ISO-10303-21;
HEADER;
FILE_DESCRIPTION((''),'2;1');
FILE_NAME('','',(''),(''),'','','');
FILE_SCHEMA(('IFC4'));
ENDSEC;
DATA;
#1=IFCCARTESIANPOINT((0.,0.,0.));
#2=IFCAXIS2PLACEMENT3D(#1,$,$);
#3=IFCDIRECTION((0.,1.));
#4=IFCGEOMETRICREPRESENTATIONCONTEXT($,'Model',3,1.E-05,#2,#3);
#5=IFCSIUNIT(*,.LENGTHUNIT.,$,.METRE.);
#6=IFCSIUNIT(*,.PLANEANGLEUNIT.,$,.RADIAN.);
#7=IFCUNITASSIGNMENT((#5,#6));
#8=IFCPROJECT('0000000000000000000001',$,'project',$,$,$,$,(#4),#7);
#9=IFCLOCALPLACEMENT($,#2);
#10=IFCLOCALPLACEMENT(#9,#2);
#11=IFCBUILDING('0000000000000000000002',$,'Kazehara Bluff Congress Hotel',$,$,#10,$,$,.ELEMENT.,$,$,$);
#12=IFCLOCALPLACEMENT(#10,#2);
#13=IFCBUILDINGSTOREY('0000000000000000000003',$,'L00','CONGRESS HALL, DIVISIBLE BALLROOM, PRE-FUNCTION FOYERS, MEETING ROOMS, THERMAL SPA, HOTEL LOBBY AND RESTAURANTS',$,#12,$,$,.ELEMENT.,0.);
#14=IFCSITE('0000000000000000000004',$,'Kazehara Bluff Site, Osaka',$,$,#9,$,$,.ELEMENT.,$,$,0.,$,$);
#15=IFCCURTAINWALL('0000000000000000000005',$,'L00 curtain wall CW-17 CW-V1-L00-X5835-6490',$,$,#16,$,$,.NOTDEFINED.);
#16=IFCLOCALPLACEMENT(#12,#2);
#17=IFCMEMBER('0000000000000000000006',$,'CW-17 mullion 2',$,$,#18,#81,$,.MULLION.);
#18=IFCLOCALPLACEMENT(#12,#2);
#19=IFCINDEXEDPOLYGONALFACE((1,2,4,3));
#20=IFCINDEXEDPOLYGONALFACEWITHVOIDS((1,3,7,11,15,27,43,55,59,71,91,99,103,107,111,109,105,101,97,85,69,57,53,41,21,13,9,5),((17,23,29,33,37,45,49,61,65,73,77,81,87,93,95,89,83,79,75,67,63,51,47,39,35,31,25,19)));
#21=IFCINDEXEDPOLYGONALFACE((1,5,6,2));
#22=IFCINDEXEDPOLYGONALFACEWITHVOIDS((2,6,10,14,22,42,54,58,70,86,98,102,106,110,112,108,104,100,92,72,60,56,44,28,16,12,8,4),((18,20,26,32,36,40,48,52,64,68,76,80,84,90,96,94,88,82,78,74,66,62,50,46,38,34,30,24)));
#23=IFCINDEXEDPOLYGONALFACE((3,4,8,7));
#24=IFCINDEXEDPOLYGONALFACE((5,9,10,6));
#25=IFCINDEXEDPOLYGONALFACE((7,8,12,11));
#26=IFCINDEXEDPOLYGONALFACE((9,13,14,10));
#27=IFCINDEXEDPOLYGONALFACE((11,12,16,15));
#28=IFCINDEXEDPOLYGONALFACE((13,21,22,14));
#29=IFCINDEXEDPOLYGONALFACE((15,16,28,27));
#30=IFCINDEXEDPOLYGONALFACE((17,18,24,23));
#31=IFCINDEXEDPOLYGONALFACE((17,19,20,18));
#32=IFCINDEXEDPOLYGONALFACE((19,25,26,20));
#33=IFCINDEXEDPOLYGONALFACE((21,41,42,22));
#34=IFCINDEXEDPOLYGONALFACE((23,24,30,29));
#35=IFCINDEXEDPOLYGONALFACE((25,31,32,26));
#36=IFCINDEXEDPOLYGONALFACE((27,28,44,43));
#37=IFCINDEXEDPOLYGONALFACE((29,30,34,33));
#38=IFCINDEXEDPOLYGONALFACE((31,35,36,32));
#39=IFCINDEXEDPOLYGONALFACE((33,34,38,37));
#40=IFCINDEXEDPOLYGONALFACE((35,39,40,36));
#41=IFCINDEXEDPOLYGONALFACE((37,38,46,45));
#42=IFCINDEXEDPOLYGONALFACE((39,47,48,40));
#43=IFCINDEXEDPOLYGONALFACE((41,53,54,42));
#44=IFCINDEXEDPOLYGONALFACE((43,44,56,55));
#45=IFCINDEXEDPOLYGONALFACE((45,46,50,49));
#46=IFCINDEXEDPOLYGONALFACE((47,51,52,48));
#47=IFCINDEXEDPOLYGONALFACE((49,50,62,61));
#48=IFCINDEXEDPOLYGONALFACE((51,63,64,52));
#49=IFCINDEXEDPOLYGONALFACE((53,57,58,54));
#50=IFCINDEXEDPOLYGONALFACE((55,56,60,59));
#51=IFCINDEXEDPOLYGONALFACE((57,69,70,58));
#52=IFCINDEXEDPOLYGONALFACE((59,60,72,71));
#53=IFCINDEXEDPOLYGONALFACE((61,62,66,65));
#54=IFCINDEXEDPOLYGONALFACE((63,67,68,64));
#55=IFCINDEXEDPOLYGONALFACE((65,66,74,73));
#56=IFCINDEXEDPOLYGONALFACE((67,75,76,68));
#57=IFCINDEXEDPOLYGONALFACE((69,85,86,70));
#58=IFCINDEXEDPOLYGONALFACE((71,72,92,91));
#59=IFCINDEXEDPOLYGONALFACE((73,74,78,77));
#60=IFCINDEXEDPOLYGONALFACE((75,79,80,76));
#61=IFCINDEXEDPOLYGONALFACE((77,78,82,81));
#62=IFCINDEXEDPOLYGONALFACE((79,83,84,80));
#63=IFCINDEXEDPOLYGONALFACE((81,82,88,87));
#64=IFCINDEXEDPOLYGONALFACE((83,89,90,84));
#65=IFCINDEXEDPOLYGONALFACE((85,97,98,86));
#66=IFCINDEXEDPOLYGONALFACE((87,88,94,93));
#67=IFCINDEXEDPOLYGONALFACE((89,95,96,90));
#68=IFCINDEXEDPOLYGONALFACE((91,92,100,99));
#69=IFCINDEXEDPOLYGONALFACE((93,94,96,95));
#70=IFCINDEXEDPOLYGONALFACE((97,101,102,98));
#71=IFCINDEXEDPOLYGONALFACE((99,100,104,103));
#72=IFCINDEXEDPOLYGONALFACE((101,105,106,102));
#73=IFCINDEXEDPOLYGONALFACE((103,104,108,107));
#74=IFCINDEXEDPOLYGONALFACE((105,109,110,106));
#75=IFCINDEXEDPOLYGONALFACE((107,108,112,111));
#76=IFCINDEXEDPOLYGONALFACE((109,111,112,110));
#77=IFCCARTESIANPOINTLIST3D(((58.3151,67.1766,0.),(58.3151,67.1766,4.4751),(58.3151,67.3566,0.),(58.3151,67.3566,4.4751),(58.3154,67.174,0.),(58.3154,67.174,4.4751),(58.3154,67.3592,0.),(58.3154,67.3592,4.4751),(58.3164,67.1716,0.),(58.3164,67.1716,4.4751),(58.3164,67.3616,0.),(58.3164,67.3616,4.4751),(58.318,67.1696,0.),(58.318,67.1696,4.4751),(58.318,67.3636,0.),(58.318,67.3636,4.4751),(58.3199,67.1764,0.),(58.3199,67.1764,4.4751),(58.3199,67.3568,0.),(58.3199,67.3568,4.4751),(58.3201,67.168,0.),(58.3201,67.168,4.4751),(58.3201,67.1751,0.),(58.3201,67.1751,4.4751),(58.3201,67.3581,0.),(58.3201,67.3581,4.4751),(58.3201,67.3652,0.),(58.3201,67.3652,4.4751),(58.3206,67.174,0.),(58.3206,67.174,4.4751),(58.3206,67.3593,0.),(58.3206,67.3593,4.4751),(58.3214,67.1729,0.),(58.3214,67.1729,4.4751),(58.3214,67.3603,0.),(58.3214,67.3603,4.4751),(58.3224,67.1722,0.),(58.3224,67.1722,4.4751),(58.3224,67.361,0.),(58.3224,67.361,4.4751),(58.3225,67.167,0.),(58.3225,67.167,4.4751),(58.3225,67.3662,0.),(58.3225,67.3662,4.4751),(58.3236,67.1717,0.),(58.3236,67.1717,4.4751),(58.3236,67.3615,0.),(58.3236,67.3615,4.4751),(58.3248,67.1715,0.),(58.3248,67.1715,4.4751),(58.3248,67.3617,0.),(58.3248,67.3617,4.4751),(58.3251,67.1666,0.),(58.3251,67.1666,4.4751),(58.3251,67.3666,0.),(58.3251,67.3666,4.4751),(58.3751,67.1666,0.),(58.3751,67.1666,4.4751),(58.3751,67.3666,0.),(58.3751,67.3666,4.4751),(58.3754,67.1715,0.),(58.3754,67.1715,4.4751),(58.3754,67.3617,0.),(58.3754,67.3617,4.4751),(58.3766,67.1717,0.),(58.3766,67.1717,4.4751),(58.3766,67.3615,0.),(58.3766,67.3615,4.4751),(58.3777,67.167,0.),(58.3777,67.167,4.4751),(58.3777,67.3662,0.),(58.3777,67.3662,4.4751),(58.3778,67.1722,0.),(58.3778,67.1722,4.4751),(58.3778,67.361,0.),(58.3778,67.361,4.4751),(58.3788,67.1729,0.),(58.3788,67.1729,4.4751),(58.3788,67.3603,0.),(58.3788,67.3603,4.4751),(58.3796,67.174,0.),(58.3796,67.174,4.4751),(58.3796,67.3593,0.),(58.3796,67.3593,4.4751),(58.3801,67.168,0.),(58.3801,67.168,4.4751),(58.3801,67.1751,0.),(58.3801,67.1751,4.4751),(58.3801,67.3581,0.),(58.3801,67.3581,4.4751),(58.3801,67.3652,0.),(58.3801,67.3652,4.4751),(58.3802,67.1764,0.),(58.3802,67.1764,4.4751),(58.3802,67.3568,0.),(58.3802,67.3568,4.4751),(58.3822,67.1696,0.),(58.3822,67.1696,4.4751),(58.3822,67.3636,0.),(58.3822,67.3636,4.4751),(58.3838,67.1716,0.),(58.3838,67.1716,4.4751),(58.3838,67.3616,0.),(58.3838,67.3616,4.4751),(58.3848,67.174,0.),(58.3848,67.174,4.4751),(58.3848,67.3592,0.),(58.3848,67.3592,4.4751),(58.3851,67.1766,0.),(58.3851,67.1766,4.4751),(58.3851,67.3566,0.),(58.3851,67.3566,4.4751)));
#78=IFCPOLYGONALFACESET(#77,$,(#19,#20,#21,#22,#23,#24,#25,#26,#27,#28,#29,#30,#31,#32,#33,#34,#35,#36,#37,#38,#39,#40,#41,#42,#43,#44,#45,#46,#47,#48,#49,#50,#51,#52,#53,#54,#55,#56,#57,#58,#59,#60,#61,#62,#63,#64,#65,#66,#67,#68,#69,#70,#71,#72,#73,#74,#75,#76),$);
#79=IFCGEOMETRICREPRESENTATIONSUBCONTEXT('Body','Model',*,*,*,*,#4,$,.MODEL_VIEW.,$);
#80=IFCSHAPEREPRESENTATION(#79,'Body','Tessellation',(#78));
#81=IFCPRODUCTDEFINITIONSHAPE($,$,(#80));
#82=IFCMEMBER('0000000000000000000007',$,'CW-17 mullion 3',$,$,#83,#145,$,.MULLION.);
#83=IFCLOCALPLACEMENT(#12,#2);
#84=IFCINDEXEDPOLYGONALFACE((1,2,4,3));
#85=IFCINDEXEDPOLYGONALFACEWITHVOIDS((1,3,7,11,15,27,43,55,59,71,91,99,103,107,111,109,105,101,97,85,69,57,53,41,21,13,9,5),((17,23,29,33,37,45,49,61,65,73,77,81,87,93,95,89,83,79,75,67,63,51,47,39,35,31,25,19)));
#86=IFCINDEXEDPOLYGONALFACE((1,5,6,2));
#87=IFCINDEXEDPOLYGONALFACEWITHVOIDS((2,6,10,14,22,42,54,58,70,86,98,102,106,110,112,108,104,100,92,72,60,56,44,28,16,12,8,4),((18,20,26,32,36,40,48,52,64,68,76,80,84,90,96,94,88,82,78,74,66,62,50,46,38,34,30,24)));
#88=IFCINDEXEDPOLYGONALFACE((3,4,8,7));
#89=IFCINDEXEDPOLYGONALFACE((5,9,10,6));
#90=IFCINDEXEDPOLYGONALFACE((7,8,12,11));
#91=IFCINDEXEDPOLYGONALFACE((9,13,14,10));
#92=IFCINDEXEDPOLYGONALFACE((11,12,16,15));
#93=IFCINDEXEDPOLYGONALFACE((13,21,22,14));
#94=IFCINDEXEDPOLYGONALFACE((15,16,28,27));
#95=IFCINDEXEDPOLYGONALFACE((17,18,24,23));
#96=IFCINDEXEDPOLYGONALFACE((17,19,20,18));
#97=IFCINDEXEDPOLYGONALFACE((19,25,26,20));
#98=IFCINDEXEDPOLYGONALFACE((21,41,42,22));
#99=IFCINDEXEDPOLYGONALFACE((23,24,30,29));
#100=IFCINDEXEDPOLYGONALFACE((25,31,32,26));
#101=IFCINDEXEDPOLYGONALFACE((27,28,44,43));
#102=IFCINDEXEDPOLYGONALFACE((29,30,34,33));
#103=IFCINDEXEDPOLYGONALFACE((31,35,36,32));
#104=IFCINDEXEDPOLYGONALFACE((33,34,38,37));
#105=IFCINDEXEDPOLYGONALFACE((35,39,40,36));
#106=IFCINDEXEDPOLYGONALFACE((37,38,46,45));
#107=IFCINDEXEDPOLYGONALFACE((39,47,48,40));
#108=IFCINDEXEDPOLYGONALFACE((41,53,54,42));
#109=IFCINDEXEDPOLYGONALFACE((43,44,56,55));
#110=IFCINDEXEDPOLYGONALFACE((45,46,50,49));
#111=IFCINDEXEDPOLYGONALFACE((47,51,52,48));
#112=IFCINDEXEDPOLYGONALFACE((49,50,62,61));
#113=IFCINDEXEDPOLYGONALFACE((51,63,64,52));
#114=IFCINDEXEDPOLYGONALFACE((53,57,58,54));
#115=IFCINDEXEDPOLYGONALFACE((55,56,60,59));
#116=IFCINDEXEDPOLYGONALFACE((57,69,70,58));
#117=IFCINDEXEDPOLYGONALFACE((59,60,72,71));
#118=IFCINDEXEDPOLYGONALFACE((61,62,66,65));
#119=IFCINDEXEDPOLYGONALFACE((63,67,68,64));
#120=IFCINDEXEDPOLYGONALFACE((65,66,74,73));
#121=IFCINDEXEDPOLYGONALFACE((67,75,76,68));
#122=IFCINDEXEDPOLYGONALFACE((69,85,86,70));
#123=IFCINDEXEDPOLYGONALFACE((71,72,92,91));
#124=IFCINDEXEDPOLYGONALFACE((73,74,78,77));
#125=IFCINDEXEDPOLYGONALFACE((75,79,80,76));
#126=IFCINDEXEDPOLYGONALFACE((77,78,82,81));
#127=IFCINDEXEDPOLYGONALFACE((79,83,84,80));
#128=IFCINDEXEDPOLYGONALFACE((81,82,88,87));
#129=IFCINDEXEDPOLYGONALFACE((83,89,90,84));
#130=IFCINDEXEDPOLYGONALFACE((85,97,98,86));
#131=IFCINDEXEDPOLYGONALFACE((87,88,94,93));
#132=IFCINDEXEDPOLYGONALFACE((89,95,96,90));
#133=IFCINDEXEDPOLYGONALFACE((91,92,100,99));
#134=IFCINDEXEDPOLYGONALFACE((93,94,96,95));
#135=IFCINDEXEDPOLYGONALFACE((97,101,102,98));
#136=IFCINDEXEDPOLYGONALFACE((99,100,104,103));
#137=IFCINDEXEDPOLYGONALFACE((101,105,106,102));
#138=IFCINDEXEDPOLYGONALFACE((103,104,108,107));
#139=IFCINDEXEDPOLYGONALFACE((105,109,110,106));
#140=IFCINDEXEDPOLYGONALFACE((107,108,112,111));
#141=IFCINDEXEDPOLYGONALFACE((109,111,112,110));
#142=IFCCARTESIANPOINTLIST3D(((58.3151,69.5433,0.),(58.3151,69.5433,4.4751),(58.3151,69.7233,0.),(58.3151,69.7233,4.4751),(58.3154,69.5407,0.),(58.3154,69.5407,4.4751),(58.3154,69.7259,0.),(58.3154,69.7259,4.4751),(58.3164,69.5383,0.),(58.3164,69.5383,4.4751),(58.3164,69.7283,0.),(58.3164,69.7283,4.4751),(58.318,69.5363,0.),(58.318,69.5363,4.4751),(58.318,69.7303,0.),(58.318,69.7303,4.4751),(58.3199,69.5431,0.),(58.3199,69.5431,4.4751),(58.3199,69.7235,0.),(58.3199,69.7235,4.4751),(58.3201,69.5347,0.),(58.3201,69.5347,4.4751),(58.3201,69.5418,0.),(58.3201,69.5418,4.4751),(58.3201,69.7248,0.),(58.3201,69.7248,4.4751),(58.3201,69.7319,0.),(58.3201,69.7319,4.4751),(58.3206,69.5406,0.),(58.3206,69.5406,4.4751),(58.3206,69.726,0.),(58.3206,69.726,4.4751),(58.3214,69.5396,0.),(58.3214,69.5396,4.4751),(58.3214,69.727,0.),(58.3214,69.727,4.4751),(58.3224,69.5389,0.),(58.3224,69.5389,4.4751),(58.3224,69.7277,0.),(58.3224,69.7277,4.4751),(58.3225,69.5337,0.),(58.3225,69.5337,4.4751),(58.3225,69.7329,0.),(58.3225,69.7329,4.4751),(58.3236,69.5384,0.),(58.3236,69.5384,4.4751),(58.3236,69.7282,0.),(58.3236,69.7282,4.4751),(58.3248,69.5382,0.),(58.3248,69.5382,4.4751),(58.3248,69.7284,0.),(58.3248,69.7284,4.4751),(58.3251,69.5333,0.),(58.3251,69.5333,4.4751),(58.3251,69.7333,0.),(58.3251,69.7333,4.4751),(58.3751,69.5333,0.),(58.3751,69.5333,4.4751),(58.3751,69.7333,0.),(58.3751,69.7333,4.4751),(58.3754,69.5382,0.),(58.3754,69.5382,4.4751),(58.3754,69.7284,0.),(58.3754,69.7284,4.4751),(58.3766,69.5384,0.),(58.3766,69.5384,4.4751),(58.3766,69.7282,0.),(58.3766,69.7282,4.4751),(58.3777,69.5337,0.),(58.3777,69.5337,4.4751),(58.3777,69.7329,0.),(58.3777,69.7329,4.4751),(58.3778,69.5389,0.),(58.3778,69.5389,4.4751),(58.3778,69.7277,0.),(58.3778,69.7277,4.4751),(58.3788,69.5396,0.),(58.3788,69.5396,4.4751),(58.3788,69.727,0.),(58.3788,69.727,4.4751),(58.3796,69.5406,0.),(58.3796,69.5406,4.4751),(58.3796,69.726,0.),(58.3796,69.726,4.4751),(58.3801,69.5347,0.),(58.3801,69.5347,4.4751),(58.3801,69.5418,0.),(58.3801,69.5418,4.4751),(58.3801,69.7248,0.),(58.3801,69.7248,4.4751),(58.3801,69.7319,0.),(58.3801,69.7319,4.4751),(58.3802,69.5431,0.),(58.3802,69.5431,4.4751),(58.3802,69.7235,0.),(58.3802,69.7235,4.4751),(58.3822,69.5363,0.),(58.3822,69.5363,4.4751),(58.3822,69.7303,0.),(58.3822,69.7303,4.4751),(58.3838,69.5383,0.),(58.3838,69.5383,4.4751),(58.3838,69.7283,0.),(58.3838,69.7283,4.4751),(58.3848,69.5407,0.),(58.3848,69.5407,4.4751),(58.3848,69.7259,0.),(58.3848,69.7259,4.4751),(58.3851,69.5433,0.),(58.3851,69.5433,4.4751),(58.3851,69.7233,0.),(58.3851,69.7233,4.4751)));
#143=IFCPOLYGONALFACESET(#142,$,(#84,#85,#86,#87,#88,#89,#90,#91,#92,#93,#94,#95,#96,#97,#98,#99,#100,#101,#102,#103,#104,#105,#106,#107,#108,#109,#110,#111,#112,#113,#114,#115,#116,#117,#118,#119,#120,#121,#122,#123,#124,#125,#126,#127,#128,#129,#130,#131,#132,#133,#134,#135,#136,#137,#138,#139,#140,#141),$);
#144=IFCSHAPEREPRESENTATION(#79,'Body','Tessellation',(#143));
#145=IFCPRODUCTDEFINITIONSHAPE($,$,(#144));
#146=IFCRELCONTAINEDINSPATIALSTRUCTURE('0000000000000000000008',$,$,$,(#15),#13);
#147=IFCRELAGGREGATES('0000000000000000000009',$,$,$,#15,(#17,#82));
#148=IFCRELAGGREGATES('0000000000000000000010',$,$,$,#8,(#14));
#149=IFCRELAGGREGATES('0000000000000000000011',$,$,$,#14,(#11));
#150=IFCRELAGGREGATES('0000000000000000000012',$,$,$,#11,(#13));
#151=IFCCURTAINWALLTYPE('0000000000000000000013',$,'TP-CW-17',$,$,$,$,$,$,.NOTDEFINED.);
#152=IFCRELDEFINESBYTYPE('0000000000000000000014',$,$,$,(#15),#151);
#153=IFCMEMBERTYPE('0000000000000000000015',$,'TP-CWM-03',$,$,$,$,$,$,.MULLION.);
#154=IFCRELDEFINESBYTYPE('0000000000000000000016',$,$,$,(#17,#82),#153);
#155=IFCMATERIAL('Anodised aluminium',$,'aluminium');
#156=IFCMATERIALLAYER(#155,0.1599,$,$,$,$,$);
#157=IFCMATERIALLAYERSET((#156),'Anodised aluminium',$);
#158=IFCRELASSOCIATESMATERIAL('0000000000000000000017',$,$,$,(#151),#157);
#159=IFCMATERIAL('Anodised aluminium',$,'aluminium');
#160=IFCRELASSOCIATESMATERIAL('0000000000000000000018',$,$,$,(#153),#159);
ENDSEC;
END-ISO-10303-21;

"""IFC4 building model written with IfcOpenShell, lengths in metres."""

from ifc_helpers import new_model, si_unit, direction, frame, origin, origin_2d, place, context, subcontext, project, spatial, hollow_rectangle, extrude, material, layer, layer_set, material_profile, profile_set, type_object, element, aggregate, save


model = new_model("IFC4")

# Units and contexts
model_context = context("Model", 3, precision=1e-05, world=origin(), true_north=direction((0.0, 1.0)))
body_context = subcontext(model_context, "Body", "Model", "MODEL_VIEW")
ifc_project = project(units=[si_unit("LENGTHUNIT", "METRE"), si_unit("PLANEANGLEUNIT", "RADIAN")], contexts=[model_context])

# Site, building, storey
site_placement = place(None, origin())
site = spatial("IfcSite", under=ifc_project, at=site_placement, Name="Kazehara Bluff Site, Osaka", CompositionType="ELEMENT", RefElevation=0.0)
building_placement = place(site_placement, origin())
building = spatial("IfcBuilding", under=site, at=building_placement, Name="Kazehara Bluff Congress Hotel", CompositionType="ELEMENT")
storey_placement = place(building_placement, origin())
storey = spatial("IfcBuildingStorey", under=building, at=storey_placement, Name="L00", Description="CONGRESS HALL, DIVISIBLE BALLROOM, PRE-FUNCTION FOYERS, MEETING ROOMS, THERMAL SPA, HOTEL LOBBY AND RESTAURANTS", CompositionType="ELEMENT", Elevation=0.0)

# Curtain wall, members
ifc_material_1 = material(Name="Anodised aluminium", Category="aluminium")
ifc_layer_1 = layer(ifc_material_1, 0.1599)
ifc_layer_set_1 = layer_set([ifc_layer_1], Name="Anodised aluminium")
curtain_wall_type = type_object("IfcCurtainWallType", Name="TP-CW-17", PredefinedType="NOTDEFINED", material=ifc_layer_set_1)
ifc_material_2 = material(Name="Anodised aluminium", Category="aluminium")
ifc_material_profile_1 = material_profile(ifc_material_2, hollow_rectangle(XDim=0.0701, YDim=0.2, WallThickness=0.0049, InnerFilletRadius=0.0049, OuterFilletRadius=0.01, at=origin_2d()))
ifc_profile_set_1 = profile_set([ifc_material_profile_1], Name="Anodised aluminium")
member_type_1 = type_object("IfcMemberType", Name="TP-CWM-03", PredefinedType="MULLION", material=ifc_profile_set_1)
curtain_wall_1_placement = place(storey_placement, origin())
curtain_wall_1 = element("IfcCurtainWall", 1, at=curtain_wall_1_placement, inside=storey, type_object=curtain_wall_type, Name="L00 curtain wall CW-17 CW-V1-L00-X5835-6490", PredefinedType="NOTDEFINED")
member_1_placement = place(storey_placement, frame((58.3501, 67.2666, 0.0), z_axis=(0.0, 0.0, 1.0), x_axis=(-1.0, 0.0, 0.0)))
member_1 = element("IfcMember", 2, at=member_1_placement, type_object=member_type_1, Name="CW-17 mullion 2", PredefinedType="MULLION", context=body_context, shape_type="SweptSolid", body=[
    extrude(hollow_rectangle(XDim=0.0701, YDim=0.2, WallThickness=0.0049, InnerFilletRadius=0.0049, OuterFilletRadius=0.01, at=origin_2d()), origin(), (0.0, 0.0, 1.0), 4.4751),
])
member_2_placement = place(storey_placement, frame((58.3501, 69.6333, 0.0), z_axis=(0.0, 0.0, 1.0), x_axis=(-1.0, 0.0, 0.0)))
member_2 = element("IfcMember", 3, at=member_2_placement, type_object=member_type_1, Name="CW-17 mullion 3", PredefinedType="MULLION", context=body_context, shape_type="SweptSolid", body=[
    extrude(hollow_rectangle(XDim=0.0701, YDim=0.2, WallThickness=0.0049, InnerFilletRadius=0.0049, OuterFilletRadius=0.01, at=origin_2d()), origin(), (0.0, 0.0, 1.0), 4.4751),
])

aggregate(curtain_wall_1, [member_1, member_2])

save(model, "model.ifc")
